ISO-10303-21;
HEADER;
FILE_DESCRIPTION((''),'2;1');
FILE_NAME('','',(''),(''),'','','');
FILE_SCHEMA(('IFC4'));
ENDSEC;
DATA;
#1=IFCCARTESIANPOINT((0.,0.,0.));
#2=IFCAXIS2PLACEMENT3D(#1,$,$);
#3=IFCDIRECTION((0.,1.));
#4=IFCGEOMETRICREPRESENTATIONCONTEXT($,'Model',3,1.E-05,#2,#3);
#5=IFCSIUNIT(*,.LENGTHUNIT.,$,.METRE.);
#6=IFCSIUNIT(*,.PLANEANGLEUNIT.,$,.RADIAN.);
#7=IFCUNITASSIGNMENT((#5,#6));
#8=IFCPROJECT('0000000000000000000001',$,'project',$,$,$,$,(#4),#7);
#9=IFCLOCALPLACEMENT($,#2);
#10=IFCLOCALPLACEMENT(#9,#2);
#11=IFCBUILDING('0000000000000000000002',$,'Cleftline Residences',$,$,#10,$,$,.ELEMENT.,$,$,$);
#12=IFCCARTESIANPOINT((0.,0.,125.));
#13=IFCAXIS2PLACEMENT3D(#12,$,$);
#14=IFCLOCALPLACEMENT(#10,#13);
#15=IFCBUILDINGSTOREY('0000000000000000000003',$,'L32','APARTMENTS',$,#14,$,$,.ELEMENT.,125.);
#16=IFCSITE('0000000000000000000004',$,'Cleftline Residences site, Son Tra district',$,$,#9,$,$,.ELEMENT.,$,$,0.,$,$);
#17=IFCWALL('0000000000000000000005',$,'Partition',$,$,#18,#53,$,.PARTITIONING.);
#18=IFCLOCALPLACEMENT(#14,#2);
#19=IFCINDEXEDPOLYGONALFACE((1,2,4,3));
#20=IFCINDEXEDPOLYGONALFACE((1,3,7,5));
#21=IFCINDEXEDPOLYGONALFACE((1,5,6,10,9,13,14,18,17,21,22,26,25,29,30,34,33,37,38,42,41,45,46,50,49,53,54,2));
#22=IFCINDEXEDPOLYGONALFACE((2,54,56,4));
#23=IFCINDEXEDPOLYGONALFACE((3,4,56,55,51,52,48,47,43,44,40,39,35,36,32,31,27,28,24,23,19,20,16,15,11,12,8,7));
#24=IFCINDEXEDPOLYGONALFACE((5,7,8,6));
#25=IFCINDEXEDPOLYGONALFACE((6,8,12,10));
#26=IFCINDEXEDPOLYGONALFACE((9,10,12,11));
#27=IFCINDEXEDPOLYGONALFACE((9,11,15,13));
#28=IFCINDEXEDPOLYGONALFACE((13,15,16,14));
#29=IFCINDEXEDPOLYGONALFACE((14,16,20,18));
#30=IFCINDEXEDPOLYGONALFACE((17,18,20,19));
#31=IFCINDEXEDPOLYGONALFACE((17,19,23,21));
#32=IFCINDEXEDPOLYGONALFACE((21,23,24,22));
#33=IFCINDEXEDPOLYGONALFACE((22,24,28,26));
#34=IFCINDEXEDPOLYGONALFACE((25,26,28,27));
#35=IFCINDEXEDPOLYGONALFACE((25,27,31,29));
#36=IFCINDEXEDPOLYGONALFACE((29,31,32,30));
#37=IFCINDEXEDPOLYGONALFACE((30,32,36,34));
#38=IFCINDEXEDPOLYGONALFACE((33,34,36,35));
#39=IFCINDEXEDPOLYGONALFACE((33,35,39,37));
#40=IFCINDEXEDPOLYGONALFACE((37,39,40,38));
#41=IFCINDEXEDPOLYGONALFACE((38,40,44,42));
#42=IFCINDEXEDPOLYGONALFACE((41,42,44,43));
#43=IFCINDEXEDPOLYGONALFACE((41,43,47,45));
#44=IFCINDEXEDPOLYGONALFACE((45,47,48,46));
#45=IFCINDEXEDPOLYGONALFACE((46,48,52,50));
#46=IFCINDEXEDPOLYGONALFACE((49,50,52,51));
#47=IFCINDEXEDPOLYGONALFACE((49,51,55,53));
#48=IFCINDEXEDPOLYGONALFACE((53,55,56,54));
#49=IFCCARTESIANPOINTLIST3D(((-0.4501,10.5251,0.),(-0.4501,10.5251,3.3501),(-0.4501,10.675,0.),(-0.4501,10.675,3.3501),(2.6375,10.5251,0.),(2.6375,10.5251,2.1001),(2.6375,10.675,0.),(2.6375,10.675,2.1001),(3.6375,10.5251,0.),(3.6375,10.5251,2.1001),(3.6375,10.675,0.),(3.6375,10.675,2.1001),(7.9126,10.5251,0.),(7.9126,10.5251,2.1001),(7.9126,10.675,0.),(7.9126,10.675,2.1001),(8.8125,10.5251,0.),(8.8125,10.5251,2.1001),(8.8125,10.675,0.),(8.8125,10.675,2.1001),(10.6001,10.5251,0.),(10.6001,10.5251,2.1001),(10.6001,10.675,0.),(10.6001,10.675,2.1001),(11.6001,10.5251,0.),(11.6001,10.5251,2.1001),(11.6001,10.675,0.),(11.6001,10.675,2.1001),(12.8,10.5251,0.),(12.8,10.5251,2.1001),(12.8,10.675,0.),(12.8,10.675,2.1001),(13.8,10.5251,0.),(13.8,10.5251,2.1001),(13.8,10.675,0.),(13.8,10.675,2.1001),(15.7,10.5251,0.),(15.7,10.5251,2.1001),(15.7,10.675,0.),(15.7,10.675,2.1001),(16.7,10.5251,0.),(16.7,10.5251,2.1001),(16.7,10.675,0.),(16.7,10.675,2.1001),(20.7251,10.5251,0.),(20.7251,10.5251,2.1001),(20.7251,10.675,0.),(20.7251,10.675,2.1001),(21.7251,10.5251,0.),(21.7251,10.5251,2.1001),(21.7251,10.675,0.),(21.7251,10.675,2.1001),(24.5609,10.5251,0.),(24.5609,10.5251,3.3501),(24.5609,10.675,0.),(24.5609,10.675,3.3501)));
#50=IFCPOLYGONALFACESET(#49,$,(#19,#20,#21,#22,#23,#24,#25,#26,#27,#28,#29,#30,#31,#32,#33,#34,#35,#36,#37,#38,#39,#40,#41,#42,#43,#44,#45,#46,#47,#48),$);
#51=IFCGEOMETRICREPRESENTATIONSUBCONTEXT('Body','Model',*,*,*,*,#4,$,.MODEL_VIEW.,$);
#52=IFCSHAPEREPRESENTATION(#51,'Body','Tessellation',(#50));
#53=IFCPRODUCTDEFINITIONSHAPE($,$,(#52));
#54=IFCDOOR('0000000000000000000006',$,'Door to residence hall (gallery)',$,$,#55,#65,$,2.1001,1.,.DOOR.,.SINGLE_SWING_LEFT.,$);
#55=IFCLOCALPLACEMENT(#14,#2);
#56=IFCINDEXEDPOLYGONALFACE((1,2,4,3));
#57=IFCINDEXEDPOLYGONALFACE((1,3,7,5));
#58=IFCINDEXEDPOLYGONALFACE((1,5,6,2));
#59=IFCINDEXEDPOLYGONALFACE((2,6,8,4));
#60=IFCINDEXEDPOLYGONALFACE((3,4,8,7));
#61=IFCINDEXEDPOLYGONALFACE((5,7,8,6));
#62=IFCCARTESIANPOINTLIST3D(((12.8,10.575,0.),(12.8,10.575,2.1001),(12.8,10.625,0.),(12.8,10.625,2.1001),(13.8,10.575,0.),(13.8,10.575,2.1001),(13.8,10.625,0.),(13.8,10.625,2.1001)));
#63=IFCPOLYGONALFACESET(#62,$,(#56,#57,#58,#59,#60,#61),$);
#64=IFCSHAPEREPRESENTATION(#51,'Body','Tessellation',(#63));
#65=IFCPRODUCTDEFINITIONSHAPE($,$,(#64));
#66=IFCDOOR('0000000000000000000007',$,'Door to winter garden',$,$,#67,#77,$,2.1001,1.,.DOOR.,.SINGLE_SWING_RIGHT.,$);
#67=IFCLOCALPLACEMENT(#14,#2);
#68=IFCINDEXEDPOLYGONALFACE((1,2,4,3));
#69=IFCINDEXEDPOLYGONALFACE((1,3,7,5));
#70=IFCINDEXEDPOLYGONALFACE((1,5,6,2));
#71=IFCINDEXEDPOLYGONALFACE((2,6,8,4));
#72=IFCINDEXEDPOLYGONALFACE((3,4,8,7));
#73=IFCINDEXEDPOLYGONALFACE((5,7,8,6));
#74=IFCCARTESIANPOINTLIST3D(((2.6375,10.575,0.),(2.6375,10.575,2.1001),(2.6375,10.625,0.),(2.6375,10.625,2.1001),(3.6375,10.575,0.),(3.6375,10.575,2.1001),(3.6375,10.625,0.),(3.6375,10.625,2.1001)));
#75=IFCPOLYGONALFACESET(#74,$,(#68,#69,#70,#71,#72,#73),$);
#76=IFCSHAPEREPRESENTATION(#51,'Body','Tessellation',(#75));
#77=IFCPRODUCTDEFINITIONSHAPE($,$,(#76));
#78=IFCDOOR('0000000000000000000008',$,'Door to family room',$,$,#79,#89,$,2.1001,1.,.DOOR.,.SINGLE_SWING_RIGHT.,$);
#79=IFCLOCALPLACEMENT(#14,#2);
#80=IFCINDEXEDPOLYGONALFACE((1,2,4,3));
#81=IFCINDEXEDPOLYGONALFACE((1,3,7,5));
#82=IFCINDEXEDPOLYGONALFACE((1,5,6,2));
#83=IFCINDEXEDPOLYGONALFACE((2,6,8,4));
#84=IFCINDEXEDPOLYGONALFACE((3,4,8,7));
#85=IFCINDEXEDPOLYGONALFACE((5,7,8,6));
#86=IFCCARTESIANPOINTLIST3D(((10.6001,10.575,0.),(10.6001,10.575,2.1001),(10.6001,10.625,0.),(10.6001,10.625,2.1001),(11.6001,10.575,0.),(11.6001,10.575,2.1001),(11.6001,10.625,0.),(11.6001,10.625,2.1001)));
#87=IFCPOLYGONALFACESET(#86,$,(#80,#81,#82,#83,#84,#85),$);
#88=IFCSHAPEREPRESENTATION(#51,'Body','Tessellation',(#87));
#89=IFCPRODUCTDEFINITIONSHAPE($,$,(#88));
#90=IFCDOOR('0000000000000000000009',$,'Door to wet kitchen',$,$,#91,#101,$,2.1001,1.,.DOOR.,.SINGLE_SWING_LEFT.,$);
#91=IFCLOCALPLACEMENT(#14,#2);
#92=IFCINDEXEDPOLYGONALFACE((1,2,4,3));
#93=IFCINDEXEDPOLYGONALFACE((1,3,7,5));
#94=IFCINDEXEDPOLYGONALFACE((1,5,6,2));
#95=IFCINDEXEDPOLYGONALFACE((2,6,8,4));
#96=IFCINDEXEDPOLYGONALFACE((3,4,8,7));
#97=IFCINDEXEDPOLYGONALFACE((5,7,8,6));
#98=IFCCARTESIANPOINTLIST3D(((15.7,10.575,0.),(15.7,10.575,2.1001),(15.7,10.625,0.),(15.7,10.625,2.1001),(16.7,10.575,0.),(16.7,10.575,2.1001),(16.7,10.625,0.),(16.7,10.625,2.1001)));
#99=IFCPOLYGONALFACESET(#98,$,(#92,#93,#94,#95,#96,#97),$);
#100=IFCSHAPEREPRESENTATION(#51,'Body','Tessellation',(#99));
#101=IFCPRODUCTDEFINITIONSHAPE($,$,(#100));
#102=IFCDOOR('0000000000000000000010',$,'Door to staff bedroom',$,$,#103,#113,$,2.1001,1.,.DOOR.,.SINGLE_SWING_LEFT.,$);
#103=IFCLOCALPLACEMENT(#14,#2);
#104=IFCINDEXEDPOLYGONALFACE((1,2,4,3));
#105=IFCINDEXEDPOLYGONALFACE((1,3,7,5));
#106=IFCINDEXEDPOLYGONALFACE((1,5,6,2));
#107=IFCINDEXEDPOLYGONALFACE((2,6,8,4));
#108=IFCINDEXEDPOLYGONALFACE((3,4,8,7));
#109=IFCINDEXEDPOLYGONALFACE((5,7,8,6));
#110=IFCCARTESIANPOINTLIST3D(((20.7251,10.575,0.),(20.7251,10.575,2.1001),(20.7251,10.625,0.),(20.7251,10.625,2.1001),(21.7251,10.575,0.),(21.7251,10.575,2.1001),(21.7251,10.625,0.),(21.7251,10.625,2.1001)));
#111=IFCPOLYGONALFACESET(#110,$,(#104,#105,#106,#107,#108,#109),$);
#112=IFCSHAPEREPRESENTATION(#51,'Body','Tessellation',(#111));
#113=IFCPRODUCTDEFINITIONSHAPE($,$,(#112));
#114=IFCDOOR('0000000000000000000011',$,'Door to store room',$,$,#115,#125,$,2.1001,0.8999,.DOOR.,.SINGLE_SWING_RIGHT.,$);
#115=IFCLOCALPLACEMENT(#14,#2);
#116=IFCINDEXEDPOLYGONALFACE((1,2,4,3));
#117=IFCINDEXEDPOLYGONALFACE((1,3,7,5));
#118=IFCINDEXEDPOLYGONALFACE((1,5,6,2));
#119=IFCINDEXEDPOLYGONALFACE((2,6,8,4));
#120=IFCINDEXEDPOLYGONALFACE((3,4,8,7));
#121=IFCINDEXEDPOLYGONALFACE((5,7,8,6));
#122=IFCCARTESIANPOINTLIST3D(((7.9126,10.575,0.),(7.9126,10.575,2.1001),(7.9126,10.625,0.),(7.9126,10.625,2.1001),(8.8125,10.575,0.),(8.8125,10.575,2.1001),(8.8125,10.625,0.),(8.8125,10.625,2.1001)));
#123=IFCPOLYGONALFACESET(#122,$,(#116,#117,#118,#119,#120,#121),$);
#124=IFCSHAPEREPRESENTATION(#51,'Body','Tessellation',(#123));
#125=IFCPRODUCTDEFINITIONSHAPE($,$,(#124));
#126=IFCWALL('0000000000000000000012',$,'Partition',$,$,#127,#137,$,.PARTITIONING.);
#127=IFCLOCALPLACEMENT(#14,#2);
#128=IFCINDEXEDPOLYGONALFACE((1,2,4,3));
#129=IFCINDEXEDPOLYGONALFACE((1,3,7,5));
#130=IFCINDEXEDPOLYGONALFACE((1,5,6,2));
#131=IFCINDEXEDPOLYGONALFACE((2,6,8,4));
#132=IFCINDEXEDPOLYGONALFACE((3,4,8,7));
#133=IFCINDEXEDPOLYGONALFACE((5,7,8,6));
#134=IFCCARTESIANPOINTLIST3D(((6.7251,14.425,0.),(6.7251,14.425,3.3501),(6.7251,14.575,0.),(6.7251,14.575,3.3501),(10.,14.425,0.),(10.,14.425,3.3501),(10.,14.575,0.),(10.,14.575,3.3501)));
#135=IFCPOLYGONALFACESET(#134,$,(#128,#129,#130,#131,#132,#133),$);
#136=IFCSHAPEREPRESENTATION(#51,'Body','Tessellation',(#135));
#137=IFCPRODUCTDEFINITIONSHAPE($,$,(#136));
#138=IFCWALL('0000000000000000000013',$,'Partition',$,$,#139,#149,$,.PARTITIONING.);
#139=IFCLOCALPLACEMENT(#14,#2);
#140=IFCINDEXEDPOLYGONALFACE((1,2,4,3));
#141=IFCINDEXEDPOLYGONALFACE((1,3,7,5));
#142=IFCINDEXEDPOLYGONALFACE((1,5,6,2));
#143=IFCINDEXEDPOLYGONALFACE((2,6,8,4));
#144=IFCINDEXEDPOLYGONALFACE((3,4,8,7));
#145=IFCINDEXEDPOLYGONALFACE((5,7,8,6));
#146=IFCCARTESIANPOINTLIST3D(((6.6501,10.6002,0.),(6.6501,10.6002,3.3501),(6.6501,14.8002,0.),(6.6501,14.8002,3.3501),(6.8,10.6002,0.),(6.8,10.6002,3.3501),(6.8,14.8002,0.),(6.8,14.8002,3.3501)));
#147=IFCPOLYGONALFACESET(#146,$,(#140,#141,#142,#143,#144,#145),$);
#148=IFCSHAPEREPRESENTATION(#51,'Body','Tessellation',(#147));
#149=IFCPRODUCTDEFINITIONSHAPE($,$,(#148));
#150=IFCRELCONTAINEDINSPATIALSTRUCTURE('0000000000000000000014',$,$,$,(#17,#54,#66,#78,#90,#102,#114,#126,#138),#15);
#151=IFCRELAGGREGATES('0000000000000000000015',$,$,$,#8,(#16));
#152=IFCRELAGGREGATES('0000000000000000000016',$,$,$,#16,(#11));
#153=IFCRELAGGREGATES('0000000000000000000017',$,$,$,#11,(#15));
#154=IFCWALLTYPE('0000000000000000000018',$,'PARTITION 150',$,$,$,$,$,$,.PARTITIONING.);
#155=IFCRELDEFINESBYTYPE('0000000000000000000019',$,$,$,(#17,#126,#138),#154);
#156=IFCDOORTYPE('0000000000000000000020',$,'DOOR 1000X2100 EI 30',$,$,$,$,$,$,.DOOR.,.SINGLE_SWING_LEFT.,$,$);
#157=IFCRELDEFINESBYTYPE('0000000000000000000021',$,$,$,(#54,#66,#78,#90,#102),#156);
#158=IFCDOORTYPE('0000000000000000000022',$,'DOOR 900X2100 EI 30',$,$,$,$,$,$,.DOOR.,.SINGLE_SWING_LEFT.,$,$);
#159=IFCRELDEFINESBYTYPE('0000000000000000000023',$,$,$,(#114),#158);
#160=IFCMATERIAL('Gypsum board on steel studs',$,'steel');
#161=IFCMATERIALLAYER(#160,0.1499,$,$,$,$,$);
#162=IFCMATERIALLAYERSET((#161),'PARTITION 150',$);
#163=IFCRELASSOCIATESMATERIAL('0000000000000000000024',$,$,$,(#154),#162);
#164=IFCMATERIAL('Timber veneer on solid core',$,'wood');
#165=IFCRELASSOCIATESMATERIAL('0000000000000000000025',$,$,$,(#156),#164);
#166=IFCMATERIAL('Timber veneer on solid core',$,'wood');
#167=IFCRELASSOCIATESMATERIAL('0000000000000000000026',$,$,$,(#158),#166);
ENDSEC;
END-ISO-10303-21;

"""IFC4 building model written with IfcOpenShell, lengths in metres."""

from ifc_helpers import new_model, si_unit, direction, frame, frame_2d, origin, place, context, subcontext, project, spatial, rectangle, extrude, material, layer, layer_set, type_object, element, fill, save


model = new_model("IFC4")

# Units and contexts
model_context = context("Model", 3, precision=1e-05, world=origin(), true_north=direction((0.0, 1.0)))
body_context = subcontext(model_context, "Body", "Model", "MODEL_VIEW")
ifc_project = project(units=[si_unit("LENGTHUNIT", "METRE"), si_unit("PLANEANGLEUNIT", "RADIAN")], contexts=[model_context])

# Site, building, storey
site_placement = place(None, origin())
site = spatial("IfcSite", under=ifc_project, at=site_placement, Name="Cleftline Residences site, Son Tra district", CompositionType="ELEMENT", RefElevation=0.0)
building_placement = place(site_placement, origin())
building = spatial("IfcBuilding", under=site, at=building_placement, Name="Cleftline Residences", CompositionType="ELEMENT")
storey_placement = place(building_placement, frame((0.0, 0.0, 125.0)))
storey = spatial("IfcBuildingStorey", under=building, at=storey_placement, Name="L32", Description="APARTMENTS", CompositionType="ELEMENT", Elevation=125.0)

# Shared definitions
ifc_material_1 = material(Name="Gypsum board on steel studs", Category="steel")
ifc_layer = layer(ifc_material_1, 0.1499)
ifc_layer_set = layer_set([ifc_layer], Name="PARTITION 150")
wall_type = type_object("IfcWallType", Name="PARTITION 150", PredefinedType="PARTITIONING", material=ifc_layer_set)

# Wall, openings, doors
wall_1_placement = place(storey_placement, frame((-0.45, 10.6001, 0.0), z_axis=(0.0, 0.0, 1.0), x_axis=(1.0, 0.0, 0.0)))
wall_1 = element("IfcWall", 1, at=wall_1_placement, inside=storey, type_object=wall_type, Name="Partition", PredefinedType="PARTITIONING", context=body_context, shape_type="SweptSolid", body=[
    extrude(rectangle(XDim=25.011, YDim=0.1499, at=frame_2d((12.5054, 0.0))), origin(), (0.0, 0.0, 1.0), 3.3501),
])
opening_1_placement = place(wall_1_placement, frame((13.25, 0.0, 0.0)))
opening_1 = element("IfcOpeningElement", 2, at=opening_1_placement, cuts=wall_1, PredefinedType="OPENING", context=body_context, shape_type="SweptSolid", body=[
    extrude(rectangle(XDim=1.0, YDim=2.1001, at=frame_2d((0.5, 1.05))), frame((0.0, 0.085, 0.0), z_axis=(0.0, -1.0, 0.0), x_axis=(1.0, 0.0, 0.0)), (0.0, 0.0, 1.0), 0.1699),
])
opening_2_placement = place(wall_1_placement, frame((3.0874, 0.0, 0.0)))
opening_2 = element("IfcOpeningElement", 3, at=opening_2_placement, cuts=wall_1, PredefinedType="OPENING", context=body_context, shape_type="SweptSolid", body=[
    extrude(rectangle(XDim=1.0, YDim=2.1001, at=frame_2d((0.5, 1.05))), frame((0.0, 0.085, 0.0), z_axis=(0.0, -1.0, 0.0), x_axis=(1.0, 0.0, 0.0)), (0.0, 0.0, 1.0), 0.1699),
])
opening_3_placement = place(wall_1_placement, frame((8.3625, 0.0, 0.0)))
opening_3 = element("IfcOpeningElement", 4, at=opening_3_placement, cuts=wall_1, PredefinedType="OPENING", context=body_context, shape_type="SweptSolid", body=[
    extrude(rectangle(XDim=0.8999, YDim=2.1001, at=frame_2d((0.45, 1.05))), frame((0.0, 0.085, 0.0), z_axis=(0.0, -1.0, 0.0), x_axis=(1.0, 0.0, 0.0)), (0.0, 0.0, 1.0), 0.1699),
])
opening_4_placement = place(wall_1_placement, frame((11.05, 0.0, 0.0)))
opening_4 = element("IfcOpeningElement", 5, at=opening_4_placement, cuts=wall_1, PredefinedType="OPENING", context=body_context, shape_type="SweptSolid", body=[
    extrude(rectangle(XDim=1.0, YDim=2.1001, at=frame_2d((0.5, 1.05))), frame((0.0, 0.085, 0.0), z_axis=(0.0, -1.0, 0.0), x_axis=(1.0, 0.0, 0.0)), (0.0, 0.0, 1.0), 0.1699),
])
opening_5_placement = place(wall_1_placement, frame((16.1499, 0.0, 0.0)))
opening_5 = element("IfcOpeningElement", 6, at=opening_5_placement, cuts=wall_1, PredefinedType="OPENING", context=body_context, shape_type="SweptSolid", body=[
    extrude(rectangle(XDim=1.0, YDim=2.1001, at=frame_2d((0.5, 1.05))), frame((0.0, 0.085, 0.0), z_axis=(0.0, -1.0, 0.0), x_axis=(1.0, 0.0, 0.0)), (0.0, 0.0, 1.0), 0.1699),
])
opening_6_placement = place(wall_1_placement, frame((21.175, 0.0, 0.0)))
opening_6 = element("IfcOpeningElement", 7, at=opening_6_placement, cuts=wall_1, PredefinedType="OPENING", context=body_context, shape_type="SweptSolid", body=[
    extrude(rectangle(XDim=1.0, YDim=2.1001, at=frame_2d((0.5, 1.05))), frame((0.0, 0.085, 0.0), z_axis=(0.0, -1.0, 0.0), x_axis=(1.0, 0.0, 0.0)), (0.0, 0.0, 1.0), 0.1699),
])
ifc_material_2 = material(Name="Timber veneer on solid core", Category="wood")
door_type_1 = type_object("IfcDoorType", Name="DOOR 1000X2100 EI 30", OperationType="SINGLE_SWING_LEFT", PredefinedType="DOOR", material=ifc_material_2)
door_1_placement = place(opening_1_placement, origin())
door_1 = element("IfcDoor", 8, at=door_1_placement, inside=storey, type_object=door_type_1, Name="Door to residence hall (gallery)", OperationType="SINGLE_SWING_LEFT", OverallHeight=2.1001, OverallWidth=1.0, PredefinedType="DOOR", context=body_context, shape_type="SweptSolid", body=[
    extrude(rectangle(XDim=1.0, YDim=2.1001, at=frame_2d((0.5, 1.05))), frame((0.0, 0.0249, 0.0), z_axis=(0.0, -1.0, 0.0), x_axis=(1.0, 0.0, 0.0)), (0.0, 0.0, 1.0), 0.05),
])
fill(opening_1, door_1)
door_2_placement = place(opening_2_placement, origin())
door_2 = element("IfcDoor", 9, at=door_2_placement, inside=storey, type_object=door_type_1, Name="Door to winter garden", OperationType="SINGLE_SWING_RIGHT", OverallHeight=2.1001, OverallWidth=1.0, PredefinedType="DOOR", context=body_context, shape_type="SweptSolid", body=[
    extrude(rectangle(XDim=1.0, YDim=2.1001, at=frame_2d((0.5, 1.05))), frame((0.0, 0.0249, 0.0), z_axis=(0.0, -1.0, 0.0), x_axis=(1.0, 0.0, 0.0)), (0.0, 0.0, 1.0), 0.05),
])
fill(opening_2, door_2)
door_3_placement = place(opening_4_placement, origin())
door_3 = element("IfcDoor", 10, at=door_3_placement, inside=storey, type_object=door_type_1, Name="Door to family room", OperationType="SINGLE_SWING_RIGHT", OverallHeight=2.1001, OverallWidth=1.0, PredefinedType="DOOR", context=body_context, shape_type="SweptSolid", body=[
    extrude(rectangle(XDim=1.0, YDim=2.1001, at=frame_2d((0.5, 1.05))), frame((0.0, 0.0249, 0.0), z_axis=(0.0, -1.0, 0.0), x_axis=(1.0, 0.0, 0.0)), (0.0, 0.0, 1.0), 0.05),
])
fill(opening_4, door_3)
door_4_placement = place(opening_5_placement, origin())
door_4 = element("IfcDoor", 11, at=door_4_placement, inside=storey, type_object=door_type_1, Name="Door to wet kitchen", OperationType="SINGLE_SWING_LEFT", OverallHeight=2.1001, OverallWidth=1.0, PredefinedType="DOOR", context=body_context, shape_type="SweptSolid", body=[
    extrude(rectangle(XDim=1.0, YDim=2.1001, at=frame_2d((0.5, 1.05))), frame((0.0, 0.0249, 0.0), z_axis=(0.0, -1.0, 0.0), x_axis=(1.0, 0.0, 0.0)), (0.0, 0.0, 1.0), 0.05),
])
fill(opening_5, door_4)
door_5_placement = place(opening_6_placement, origin())
door_5 = element("IfcDoor", 12, at=door_5_placement, inside=storey, type_object=door_type_1, Name="Door to staff bedroom", OperationType="SINGLE_SWING_LEFT", OverallHeight=2.1001, OverallWidth=1.0, PredefinedType="DOOR", context=body_context, shape_type="SweptSolid", body=[
    extrude(rectangle(XDim=1.0, YDim=2.1001, at=frame_2d((0.5, 1.05))), frame((0.0, 0.0249, 0.0), z_axis=(0.0, -1.0, 0.0), x_axis=(1.0, 0.0, 0.0)), (0.0, 0.0, 1.0), 0.05),
])
fill(opening_6, door_5)
ifc_material_3 = material(Name="Timber veneer on solid core", Category="wood")
door_type_2 = type_object("IfcDoorType", Name="DOOR 900X2100 EI 30", OperationType="SINGLE_SWING_LEFT", PredefinedType="DOOR", material=ifc_material_3)
door_6_placement = place(opening_3_placement, origin())
door_6 = element("IfcDoor", 13, at=door_6_placement, inside=storey, type_object=door_type_2, Name="Door to store room", OperationType="SINGLE_SWING_RIGHT", OverallHeight=2.1001, OverallWidth=0.8999, PredefinedType="DOOR", context=body_context, shape_type="SweptSolid", body=[
    extrude(rectangle(XDim=0.8999, YDim=2.1001, at=frame_2d((0.45, 1.05))), frame((0.0, 0.0249, 0.0), z_axis=(0.0, -1.0, 0.0), x_axis=(1.0, 0.0, 0.0)), (0.0, 0.0, 1.0), 0.05),
])
fill(opening_3, door_6)

# Walls
wall_2_placement = place(storey_placement, frame((6.7251, 14.5, 0.0), z_axis=(0.0, 0.0, 1.0), x_axis=(1.0, 0.0, 0.0)))
element("IfcWall", 14, at=wall_2_placement, inside=storey, type_object=wall_type, Name="Partition", PredefinedType="PARTITIONING", context=body_context, shape_type="SweptSolid", body=[
    extrude(rectangle(XDim=3.2749, YDim=0.1499, at=frame_2d((1.6375, 0.0))), origin(), (0.0, 0.0, 1.0), 3.3501),
])
wall_3_placement = place(storey_placement, frame((6.7251, 10.6001, 0.0), z_axis=(0.0, 0.0, 1.0), x_axis=(0.0, 1.0, 0.0)))
element("IfcWall", 15, at=wall_3_placement, inside=storey, type_object=wall_type, Name="Partition", PredefinedType="PARTITIONING", context=body_context, shape_type="SweptSolid", body=[
    extrude(rectangle(XDim=4.2, YDim=0.1499, at=frame_2d((2.1001, 0.0))), origin(), (0.0, 0.0, 1.0), 3.3501),
])

save(model, "model.ifc")
